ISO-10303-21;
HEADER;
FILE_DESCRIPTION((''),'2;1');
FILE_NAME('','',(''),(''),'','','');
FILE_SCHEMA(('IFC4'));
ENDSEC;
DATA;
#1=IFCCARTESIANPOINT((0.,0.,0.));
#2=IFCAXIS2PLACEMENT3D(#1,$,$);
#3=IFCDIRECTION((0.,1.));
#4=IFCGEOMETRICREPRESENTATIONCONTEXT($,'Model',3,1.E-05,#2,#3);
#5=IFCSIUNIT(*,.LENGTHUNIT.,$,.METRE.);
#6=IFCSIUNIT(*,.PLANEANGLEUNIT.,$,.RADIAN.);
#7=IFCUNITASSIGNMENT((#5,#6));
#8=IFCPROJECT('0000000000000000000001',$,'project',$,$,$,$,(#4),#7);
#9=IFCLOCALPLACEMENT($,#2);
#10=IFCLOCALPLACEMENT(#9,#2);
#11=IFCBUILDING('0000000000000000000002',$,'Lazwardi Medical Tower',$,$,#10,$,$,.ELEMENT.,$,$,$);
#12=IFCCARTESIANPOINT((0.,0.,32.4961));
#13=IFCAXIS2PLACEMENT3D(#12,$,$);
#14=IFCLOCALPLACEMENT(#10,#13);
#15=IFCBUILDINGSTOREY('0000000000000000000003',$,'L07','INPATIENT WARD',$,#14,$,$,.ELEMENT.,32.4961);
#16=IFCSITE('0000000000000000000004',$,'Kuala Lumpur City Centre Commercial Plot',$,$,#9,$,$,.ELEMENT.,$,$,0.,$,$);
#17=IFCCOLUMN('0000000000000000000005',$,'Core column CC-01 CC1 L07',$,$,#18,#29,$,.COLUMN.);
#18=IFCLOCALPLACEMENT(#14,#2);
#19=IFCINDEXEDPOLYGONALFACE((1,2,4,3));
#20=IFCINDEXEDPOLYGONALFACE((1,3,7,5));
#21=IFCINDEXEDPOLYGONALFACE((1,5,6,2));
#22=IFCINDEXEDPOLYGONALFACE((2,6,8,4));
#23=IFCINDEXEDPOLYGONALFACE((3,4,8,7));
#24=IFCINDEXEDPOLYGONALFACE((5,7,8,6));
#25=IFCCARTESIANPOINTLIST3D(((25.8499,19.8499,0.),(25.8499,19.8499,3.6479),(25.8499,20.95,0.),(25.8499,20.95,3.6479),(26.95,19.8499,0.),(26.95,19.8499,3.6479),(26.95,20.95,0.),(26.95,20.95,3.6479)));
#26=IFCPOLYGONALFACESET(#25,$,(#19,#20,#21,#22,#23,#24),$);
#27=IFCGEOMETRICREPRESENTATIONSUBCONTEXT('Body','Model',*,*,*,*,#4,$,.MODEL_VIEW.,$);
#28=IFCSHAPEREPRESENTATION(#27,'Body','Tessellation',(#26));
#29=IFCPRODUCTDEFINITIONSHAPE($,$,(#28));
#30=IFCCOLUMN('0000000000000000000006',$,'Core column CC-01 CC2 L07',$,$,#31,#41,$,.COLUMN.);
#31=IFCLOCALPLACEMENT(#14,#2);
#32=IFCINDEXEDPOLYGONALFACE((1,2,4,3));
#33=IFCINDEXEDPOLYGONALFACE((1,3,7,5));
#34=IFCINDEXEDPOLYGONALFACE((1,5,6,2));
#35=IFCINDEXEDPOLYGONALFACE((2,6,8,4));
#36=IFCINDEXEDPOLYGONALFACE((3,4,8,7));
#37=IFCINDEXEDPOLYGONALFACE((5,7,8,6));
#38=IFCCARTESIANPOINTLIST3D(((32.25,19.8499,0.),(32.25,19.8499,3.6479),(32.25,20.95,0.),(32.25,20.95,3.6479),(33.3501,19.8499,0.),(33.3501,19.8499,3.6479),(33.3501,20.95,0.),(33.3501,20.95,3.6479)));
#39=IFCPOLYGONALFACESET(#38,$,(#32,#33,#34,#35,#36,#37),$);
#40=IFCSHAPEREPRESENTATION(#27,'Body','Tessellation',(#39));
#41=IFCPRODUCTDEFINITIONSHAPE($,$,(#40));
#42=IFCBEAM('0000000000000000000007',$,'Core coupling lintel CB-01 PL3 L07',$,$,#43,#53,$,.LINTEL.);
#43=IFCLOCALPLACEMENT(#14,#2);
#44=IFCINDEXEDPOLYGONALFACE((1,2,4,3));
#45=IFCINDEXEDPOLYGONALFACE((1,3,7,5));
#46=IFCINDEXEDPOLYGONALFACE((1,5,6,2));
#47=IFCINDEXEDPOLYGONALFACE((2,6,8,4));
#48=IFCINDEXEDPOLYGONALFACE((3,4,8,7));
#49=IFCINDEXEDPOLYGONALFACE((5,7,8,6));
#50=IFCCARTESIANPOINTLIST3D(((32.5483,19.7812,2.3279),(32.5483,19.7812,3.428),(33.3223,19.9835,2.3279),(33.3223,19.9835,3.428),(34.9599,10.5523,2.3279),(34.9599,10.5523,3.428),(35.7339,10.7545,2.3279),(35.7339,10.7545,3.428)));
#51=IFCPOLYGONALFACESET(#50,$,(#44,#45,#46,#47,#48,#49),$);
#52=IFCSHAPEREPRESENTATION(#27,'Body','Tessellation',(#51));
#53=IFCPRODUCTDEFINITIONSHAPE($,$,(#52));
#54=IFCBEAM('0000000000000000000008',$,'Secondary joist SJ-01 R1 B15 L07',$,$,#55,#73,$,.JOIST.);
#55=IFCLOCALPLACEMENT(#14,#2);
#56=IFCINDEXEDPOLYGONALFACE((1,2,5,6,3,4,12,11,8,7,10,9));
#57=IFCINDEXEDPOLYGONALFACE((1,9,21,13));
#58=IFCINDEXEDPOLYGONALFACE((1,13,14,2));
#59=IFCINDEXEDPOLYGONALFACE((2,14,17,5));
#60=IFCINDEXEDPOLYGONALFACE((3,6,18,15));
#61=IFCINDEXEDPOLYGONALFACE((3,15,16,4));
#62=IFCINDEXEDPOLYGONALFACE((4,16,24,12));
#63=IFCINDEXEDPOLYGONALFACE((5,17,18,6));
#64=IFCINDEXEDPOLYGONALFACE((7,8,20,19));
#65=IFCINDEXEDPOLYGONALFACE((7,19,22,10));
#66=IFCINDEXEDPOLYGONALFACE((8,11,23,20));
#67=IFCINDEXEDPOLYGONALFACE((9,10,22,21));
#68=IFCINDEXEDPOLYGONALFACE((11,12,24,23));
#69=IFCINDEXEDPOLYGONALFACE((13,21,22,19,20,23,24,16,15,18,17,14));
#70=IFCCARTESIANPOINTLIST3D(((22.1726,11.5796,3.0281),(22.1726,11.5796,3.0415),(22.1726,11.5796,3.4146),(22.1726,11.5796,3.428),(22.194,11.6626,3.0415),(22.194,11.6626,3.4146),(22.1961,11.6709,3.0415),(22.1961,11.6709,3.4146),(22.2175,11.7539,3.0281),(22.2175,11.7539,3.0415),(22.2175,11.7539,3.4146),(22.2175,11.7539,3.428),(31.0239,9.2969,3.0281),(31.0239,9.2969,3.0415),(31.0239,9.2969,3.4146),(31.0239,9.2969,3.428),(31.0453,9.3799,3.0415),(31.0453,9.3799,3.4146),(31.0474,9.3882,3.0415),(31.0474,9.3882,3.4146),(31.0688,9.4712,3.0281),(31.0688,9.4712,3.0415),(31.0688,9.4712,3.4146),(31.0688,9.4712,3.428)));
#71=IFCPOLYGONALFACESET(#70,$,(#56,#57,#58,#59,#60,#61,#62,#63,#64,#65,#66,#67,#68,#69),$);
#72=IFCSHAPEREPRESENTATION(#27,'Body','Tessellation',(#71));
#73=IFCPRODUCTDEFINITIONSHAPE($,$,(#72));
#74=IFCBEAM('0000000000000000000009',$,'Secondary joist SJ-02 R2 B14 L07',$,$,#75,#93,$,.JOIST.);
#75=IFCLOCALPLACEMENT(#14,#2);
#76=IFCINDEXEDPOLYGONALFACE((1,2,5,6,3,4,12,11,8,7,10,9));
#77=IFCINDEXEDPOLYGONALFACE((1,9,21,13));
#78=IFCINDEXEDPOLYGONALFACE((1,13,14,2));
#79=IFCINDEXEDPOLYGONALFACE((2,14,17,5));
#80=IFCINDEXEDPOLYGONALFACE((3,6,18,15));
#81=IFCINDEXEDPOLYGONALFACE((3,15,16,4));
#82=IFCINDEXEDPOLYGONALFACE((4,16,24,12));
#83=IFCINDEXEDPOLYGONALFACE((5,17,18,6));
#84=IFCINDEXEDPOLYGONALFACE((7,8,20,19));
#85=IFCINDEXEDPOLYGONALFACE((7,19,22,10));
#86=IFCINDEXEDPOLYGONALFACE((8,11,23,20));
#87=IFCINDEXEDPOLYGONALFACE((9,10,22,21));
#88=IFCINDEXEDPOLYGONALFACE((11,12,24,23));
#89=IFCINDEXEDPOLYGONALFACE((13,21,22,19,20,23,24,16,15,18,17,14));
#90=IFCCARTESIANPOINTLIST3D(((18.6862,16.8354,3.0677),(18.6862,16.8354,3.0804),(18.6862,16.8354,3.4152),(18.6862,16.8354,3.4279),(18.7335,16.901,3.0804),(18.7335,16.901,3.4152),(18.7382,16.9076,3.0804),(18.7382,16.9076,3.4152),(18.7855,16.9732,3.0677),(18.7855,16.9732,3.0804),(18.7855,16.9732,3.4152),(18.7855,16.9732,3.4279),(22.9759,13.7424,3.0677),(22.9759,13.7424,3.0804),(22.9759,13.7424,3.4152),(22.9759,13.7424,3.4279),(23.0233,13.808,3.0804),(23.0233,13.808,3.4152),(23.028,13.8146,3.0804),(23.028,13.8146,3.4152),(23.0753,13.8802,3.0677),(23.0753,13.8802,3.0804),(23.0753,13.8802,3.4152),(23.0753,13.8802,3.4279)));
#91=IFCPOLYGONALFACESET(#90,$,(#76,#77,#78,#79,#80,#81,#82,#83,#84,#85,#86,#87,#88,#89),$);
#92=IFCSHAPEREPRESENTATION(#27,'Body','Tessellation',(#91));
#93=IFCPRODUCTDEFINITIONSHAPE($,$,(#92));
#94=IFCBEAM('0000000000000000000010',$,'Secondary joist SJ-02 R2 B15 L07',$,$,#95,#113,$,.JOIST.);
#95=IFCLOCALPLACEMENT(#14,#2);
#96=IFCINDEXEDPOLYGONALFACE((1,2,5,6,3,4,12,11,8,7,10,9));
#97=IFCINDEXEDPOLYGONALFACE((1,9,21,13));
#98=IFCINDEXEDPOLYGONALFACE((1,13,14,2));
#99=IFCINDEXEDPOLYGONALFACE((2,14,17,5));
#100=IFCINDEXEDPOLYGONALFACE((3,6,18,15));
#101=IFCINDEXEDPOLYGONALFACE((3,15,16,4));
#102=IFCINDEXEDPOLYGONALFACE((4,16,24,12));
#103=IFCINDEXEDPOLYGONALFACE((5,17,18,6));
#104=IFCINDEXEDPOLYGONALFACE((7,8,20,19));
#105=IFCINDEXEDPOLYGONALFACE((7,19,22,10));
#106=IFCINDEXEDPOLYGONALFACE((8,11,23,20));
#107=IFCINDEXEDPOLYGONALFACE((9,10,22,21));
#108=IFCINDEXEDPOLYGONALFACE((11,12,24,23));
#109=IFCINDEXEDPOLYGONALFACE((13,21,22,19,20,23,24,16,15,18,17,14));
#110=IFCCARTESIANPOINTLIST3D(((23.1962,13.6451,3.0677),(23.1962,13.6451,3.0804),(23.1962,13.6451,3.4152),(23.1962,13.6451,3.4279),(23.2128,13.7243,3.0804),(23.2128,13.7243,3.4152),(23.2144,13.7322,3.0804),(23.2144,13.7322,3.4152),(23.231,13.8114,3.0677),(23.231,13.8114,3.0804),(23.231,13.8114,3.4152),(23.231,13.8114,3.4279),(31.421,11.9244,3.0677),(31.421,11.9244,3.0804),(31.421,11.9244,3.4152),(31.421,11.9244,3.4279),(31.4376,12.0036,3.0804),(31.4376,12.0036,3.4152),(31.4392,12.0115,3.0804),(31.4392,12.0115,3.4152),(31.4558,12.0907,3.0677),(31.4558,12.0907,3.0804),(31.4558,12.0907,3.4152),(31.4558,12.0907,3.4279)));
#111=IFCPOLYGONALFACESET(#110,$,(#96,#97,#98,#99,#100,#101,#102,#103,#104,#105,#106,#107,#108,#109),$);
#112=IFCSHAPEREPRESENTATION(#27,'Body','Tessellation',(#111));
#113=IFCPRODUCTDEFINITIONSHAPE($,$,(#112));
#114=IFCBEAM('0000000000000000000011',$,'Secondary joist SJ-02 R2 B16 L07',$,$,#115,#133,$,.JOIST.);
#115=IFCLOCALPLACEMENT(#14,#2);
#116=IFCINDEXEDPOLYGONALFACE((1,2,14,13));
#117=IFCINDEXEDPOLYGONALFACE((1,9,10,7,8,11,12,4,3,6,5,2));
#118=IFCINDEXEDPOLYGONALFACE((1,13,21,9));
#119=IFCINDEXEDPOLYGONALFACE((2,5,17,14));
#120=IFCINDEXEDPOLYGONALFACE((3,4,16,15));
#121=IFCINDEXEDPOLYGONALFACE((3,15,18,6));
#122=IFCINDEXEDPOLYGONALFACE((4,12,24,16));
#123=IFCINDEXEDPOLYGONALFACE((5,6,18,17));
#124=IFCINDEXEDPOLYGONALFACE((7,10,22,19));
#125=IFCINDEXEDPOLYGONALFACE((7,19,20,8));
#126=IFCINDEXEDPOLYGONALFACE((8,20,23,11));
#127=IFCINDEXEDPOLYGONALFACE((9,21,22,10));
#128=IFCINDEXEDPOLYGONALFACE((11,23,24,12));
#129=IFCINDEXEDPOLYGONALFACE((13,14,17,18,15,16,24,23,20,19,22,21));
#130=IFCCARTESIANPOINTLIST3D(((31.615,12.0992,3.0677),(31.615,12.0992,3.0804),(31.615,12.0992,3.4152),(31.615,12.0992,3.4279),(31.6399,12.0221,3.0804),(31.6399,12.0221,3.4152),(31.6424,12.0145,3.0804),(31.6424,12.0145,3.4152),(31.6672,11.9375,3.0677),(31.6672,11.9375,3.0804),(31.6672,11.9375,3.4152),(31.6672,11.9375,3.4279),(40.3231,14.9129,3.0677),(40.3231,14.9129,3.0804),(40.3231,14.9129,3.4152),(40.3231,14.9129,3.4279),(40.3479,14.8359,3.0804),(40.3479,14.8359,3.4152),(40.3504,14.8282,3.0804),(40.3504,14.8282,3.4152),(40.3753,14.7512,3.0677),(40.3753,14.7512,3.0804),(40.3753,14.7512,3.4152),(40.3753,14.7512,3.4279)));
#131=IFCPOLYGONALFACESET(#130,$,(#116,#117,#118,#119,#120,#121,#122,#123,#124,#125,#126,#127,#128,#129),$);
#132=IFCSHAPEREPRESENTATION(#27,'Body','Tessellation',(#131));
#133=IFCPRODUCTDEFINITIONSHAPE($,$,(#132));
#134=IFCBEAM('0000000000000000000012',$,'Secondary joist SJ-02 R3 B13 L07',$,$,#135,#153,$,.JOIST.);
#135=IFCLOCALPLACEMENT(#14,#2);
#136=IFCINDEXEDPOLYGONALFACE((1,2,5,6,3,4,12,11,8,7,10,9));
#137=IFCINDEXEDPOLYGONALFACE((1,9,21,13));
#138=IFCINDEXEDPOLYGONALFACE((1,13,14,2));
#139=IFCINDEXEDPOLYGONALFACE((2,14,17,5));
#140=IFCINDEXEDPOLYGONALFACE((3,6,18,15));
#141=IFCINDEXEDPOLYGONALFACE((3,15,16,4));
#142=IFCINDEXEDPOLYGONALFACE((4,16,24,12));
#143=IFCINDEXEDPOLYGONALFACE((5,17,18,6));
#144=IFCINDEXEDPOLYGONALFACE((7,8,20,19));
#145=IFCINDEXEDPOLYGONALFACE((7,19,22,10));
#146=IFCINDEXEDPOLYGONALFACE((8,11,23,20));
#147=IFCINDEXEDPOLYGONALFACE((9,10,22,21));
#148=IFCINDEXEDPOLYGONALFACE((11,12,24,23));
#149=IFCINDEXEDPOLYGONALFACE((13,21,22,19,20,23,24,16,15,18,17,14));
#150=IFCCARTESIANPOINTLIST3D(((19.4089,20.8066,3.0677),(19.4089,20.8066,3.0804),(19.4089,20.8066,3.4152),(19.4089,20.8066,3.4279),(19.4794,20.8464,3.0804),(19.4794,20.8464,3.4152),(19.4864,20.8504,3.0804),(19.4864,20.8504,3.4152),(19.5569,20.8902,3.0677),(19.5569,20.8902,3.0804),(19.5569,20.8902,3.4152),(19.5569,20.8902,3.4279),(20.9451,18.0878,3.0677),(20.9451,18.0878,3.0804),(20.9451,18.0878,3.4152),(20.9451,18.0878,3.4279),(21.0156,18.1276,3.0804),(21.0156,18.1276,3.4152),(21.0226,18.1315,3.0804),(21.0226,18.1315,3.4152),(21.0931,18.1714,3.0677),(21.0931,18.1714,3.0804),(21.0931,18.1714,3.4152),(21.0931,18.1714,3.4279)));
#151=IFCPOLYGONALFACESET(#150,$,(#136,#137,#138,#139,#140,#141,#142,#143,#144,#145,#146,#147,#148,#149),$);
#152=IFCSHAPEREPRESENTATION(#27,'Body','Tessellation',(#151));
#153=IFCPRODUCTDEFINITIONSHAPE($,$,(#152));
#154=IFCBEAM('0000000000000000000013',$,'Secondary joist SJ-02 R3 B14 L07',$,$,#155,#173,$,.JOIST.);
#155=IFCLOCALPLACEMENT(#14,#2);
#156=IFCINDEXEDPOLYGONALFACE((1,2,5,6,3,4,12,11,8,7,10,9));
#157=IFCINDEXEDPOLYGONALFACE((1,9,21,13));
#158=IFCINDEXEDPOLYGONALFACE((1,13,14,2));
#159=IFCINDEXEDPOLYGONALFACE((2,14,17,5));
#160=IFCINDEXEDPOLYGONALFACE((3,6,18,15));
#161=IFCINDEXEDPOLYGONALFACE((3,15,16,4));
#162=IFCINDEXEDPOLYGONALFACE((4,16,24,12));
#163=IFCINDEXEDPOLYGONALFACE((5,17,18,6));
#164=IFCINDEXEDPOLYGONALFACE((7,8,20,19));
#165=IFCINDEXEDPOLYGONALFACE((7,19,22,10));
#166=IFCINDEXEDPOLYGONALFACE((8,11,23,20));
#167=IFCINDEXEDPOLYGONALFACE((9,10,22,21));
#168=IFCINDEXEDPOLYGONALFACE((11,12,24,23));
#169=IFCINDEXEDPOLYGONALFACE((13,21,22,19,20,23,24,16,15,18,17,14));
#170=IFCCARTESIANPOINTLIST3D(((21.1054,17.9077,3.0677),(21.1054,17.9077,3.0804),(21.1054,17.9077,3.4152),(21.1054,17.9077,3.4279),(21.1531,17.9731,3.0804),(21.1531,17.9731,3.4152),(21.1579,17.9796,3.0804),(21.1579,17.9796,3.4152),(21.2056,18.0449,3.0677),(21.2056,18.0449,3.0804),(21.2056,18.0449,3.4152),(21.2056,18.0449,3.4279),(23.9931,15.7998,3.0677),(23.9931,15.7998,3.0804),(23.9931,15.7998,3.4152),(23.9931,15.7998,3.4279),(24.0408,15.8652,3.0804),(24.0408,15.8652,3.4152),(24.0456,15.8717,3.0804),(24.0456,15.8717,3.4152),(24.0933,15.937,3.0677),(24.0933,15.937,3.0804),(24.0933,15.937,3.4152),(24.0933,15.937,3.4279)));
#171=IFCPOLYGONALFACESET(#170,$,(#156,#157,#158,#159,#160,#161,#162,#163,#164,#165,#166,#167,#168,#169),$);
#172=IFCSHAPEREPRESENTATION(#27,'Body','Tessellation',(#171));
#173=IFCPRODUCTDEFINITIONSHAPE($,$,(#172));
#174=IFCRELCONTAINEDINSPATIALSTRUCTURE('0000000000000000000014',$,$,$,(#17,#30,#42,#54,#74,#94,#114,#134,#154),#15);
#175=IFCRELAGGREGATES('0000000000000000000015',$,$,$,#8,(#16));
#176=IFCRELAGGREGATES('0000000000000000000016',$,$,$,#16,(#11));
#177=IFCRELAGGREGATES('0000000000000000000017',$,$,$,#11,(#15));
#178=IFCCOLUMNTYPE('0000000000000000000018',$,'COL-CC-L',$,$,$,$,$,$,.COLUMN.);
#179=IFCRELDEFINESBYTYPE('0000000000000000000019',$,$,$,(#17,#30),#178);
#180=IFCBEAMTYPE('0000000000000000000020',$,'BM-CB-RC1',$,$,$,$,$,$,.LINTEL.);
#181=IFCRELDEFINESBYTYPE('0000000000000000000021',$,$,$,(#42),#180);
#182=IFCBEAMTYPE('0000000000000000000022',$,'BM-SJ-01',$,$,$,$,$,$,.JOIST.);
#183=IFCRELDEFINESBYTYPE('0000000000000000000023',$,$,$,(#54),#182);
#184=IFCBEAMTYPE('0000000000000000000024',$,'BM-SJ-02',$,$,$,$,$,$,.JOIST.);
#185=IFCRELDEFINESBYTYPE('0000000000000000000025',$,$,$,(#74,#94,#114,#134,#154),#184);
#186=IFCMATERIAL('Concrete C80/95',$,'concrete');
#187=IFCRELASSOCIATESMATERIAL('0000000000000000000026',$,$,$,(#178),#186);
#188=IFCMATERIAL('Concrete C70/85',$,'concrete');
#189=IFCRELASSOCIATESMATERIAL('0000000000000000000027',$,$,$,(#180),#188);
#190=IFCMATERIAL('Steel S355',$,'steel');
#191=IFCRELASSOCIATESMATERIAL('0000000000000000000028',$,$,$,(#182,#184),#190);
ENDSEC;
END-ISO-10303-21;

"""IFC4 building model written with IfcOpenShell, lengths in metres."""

from ifc_helpers import new_model, si_unit, direction, frame, origin, origin_2d, place, context, subcontext, project, spatial, rectangle, i_section, extrude, material, material_profile, profile_set, type_object, element, save


model = new_model("IFC4")

# Units and contexts
model_context = context("Model", 3, precision=1e-05, world=origin(), true_north=direction((0.0, 1.0)))
body_context = subcontext(model_context, "Body", "Model", "MODEL_VIEW")
ifc_project = project(units=[si_unit("LENGTHUNIT", "METRE"), si_unit("PLANEANGLEUNIT", "RADIAN")], contexts=[model_context])

# Site, building, storey
site_placement = place(None, origin())
site = spatial("IfcSite", under=ifc_project, at=site_placement, Name="Kuala Lumpur City Centre Commercial Plot", CompositionType="ELEMENT", RefElevation=0.0)
building_placement = place(site_placement, origin())
building = spatial("IfcBuilding", under=site, at=building_placement, Name="Lazwardi Medical Tower", CompositionType="ELEMENT")
storey_placement = place(building_placement, frame((0.0, 0.0, 32.4961)))
storey = spatial("IfcBuildingStorey", under=building, at=storey_placement, Name="L07", Description="INPATIENT WARD", CompositionType="ELEMENT", Elevation=32.4961)

# Columns
ifc_material_1 = material(Name="Concrete C80/95", Category="concrete")
ifc_material_profile_1 = material_profile(ifc_material_1, rectangle(XDim=1.1001, YDim=1.1001, at=origin_2d()), Name="RC 1100x1100")
ifc_profile_set_1 = profile_set([ifc_material_profile_1], Name="Concrete C80/95")
column_type = type_object("IfcColumnType", Name="COL-CC-L", PredefinedType="COLUMN", material=ifc_profile_set_1)
for number, where, z_axis, x_axis, name in (
    (1, (26.3999, 20.3999, 0.0), (0.0, 0.0, 1.0), (1.0, 0.0, 0.0), "Core column CC-01 CC1 L07"),
    (2, (32.8, 20.3999, 0.0), (0.0, 0.0, 1.0), (1.0, 0.0, 0.0), "Core column CC-01 CC2 L07"),
):
    element("IfcColumn", number, at=place(storey_placement, frame(where, z_axis=z_axis, x_axis=x_axis)), inside=storey, type_object=column_type, Name=name, PredefinedType="COLUMN", context=body_context, shape_type="SweptSolid", body=[
        extrude(rectangle(XDim=1.1001, YDim=1.1001, at=origin_2d()), origin(), (0.0, 0.0, 1.0), 3.6479),
    ])

# Beams
ifc_material_2 = material(Name="Concrete C70/85", Category="concrete")
ifc_material_profile_2 = material_profile(ifc_material_2, rectangle(XDim=0.8, YDim=1.1001, at=origin_2d()), Name="RC 800x1100")
ifc_profile_set_2 = profile_set([ifc_material_profile_2], Name="Concrete C70/85")
beam_type_1 = type_object("IfcBeamType", Name="BM-CB-RC1", PredefinedType="LINTEL", material=ifc_profile_set_2)
beam_1_placement = place(storey_placement, frame((32.9353, 19.8823, 2.8779), z_axis=(0.25282, -0.967513, 0.0), x_axis=(0.967513, 0.25282, 0.0)))
element("IfcBeam", 3, at=beam_1_placement, inside=storey, type_object=beam_type_1, Name="Core coupling lintel CB-01 PL3 L07", PredefinedType="LINTEL", context=body_context, shape_type="SweptSolid", body=[
    extrude(rectangle(XDim=0.8, YDim=1.1001, at=origin_2d()), origin(), (0.0, 0.0, 1.0), 9.5388),
])
ifc_material_3 = material(Name="Steel S355", Category="steel")
ifc_material_profile_3 = material_profile(ifc_material_3, i_section(OverallWidth=0.1799, OverallDepth=0.3999, WebThickness=0.0085, FlangeThickness=0.0134, at=origin_2d()), Name="IPE 400")
ifc_profile_set_3 = profile_set([ifc_material_profile_3], Name="Steel S355")
beam_type_2 = type_object("IfcBeamType", Name="BM-SJ-01", PredefinedType="JOIST", material=ifc_profile_set_3)
beam_2_placement = place(storey_placement, frame((22.1951, 11.6667, 3.228), z_axis=(0.968317, -0.249725, 0.0), x_axis=(0.249725, 0.968317, 0.0)))
element("IfcBeam", 4, at=beam_2_placement, inside=storey, type_object=beam_type_2, Name="Secondary joist SJ-01 R1 B15 L07", PredefinedType="JOIST", context=body_context, shape_type="SweptSolid", body=[
    extrude(i_section(OverallWidth=0.1799, OverallDepth=0.3999, WebThickness=0.0085, FlangeThickness=0.0134, at=origin_2d()), origin(), (0.0, 0.0, 1.0), 9.1409),
])
ifc_material_profile_4 = material_profile(ifc_material_3, i_section(OverallWidth=0.1699, OverallDepth=0.3601, WebThickness=0.0081, FlangeThickness=0.0127, at=origin_2d()), Name="IPE 360")
ifc_profile_set_4 = profile_set([ifc_material_profile_4], Name="Steel S355")
beam_type_3 = type_object("IfcBeamType", Name="BM-SJ-02", PredefinedType="JOIST", material=ifc_profile_set_4)
beam_3_placement = place(storey_placement, frame((18.7358, 16.9043, 3.2478), z_axis=(0.811143, -0.584848, 0.0), x_axis=(0.584848, 0.811143, 0.0)))
element("IfcBeam", 5, at=beam_3_placement, inside=storey, type_object=beam_type_3, Name="Secondary joist SJ-02 R2 B14 L07", PredefinedType="JOIST", context=body_context, shape_type="SweptSolid", body=[
    extrude(i_section(OverallWidth=0.1699, OverallDepth=0.3601, WebThickness=0.0081, FlangeThickness=0.0127, at=origin_2d()), origin(), (0.0, 0.0, 1.0), 5.2886),
])
beam_4_placement = place(storey_placement, frame((23.2136, 13.7283, 3.2478), z_axis=(0.978809, -0.204774, 0.0), x_axis=(0.204774, 0.978809, 0.0)))
element("IfcBeam", 6, at=beam_4_placement, inside=storey, type_object=beam_type_3, Name="Secondary joist SJ-02 R2 B15 L07", PredefinedType="JOIST", context=body_context, shape_type="SweptSolid", body=[
    extrude(i_section(OverallWidth=0.1699, OverallDepth=0.3601, WebThickness=0.0081, FlangeThickness=0.0127, at=origin_2d()), origin(), (0.0, 0.0, 1.0), 8.4028),
])
beam_5_placement = place(storey_placement, frame((31.6411, 12.0183, 3.2478), z_axis=(0.951559, 0.307467, 0.0), x_axis=(-0.307467, 0.951559, 0.0)))
element("IfcBeam", 7, at=beam_5_placement, inside=storey, type_object=beam_type_3, Name="Secondary joist SJ-02 R2 B16 L07", PredefinedType="JOIST", context=body_context, shape_type="SweptSolid", body=[
    extrude(i_section(OverallWidth=0.1699, OverallDepth=0.3601, WebThickness=0.0081, FlangeThickness=0.0127, at=origin_2d()), origin(), (0.0, 0.0, 1.0), 9.1514),
])
beam_6_placement = place(storey_placement, frame((19.4829, 20.8484, 3.2478), z_axis=(0.491923, -0.870639, 0.0), x_axis=(0.870639, 0.491923, 0.0)))
element("IfcBeam", 8, at=beam_6_placement, inside=storey, type_object=beam_type_3, Name="Secondary joist SJ-02 R3 B13 L07", PredefinedType="JOIST", context=body_context, shape_type="SweptSolid", body=[
    extrude(i_section(OverallWidth=0.1699, OverallDepth=0.3601, WebThickness=0.0081, FlangeThickness=0.0127, at=origin_2d()), origin(), (0.0, 0.0, 1.0), 3.1228),
])
beam_7_placement = place(storey_placement, frame((21.1555, 17.9763, 3.2478), z_axis=(0.807701, -0.589592, 0.0), x_axis=(0.589592, 0.807701, 0.0)))
element("IfcBeam", 9, at=beam_7_placement, inside=storey, type_object=beam_type_3, Name="Secondary joist SJ-02 R3 B14 L07", PredefinedType="JOIST", context=body_context, shape_type="SweptSolid", body=[
    extrude(i_section(OverallWidth=0.1699, OverallDepth=0.3601, WebThickness=0.0081, FlangeThickness=0.0127, at=origin_2d()), origin(), (0.0, 0.0, 1.0), 3.5752),
])

save(model, "model.ifc")
